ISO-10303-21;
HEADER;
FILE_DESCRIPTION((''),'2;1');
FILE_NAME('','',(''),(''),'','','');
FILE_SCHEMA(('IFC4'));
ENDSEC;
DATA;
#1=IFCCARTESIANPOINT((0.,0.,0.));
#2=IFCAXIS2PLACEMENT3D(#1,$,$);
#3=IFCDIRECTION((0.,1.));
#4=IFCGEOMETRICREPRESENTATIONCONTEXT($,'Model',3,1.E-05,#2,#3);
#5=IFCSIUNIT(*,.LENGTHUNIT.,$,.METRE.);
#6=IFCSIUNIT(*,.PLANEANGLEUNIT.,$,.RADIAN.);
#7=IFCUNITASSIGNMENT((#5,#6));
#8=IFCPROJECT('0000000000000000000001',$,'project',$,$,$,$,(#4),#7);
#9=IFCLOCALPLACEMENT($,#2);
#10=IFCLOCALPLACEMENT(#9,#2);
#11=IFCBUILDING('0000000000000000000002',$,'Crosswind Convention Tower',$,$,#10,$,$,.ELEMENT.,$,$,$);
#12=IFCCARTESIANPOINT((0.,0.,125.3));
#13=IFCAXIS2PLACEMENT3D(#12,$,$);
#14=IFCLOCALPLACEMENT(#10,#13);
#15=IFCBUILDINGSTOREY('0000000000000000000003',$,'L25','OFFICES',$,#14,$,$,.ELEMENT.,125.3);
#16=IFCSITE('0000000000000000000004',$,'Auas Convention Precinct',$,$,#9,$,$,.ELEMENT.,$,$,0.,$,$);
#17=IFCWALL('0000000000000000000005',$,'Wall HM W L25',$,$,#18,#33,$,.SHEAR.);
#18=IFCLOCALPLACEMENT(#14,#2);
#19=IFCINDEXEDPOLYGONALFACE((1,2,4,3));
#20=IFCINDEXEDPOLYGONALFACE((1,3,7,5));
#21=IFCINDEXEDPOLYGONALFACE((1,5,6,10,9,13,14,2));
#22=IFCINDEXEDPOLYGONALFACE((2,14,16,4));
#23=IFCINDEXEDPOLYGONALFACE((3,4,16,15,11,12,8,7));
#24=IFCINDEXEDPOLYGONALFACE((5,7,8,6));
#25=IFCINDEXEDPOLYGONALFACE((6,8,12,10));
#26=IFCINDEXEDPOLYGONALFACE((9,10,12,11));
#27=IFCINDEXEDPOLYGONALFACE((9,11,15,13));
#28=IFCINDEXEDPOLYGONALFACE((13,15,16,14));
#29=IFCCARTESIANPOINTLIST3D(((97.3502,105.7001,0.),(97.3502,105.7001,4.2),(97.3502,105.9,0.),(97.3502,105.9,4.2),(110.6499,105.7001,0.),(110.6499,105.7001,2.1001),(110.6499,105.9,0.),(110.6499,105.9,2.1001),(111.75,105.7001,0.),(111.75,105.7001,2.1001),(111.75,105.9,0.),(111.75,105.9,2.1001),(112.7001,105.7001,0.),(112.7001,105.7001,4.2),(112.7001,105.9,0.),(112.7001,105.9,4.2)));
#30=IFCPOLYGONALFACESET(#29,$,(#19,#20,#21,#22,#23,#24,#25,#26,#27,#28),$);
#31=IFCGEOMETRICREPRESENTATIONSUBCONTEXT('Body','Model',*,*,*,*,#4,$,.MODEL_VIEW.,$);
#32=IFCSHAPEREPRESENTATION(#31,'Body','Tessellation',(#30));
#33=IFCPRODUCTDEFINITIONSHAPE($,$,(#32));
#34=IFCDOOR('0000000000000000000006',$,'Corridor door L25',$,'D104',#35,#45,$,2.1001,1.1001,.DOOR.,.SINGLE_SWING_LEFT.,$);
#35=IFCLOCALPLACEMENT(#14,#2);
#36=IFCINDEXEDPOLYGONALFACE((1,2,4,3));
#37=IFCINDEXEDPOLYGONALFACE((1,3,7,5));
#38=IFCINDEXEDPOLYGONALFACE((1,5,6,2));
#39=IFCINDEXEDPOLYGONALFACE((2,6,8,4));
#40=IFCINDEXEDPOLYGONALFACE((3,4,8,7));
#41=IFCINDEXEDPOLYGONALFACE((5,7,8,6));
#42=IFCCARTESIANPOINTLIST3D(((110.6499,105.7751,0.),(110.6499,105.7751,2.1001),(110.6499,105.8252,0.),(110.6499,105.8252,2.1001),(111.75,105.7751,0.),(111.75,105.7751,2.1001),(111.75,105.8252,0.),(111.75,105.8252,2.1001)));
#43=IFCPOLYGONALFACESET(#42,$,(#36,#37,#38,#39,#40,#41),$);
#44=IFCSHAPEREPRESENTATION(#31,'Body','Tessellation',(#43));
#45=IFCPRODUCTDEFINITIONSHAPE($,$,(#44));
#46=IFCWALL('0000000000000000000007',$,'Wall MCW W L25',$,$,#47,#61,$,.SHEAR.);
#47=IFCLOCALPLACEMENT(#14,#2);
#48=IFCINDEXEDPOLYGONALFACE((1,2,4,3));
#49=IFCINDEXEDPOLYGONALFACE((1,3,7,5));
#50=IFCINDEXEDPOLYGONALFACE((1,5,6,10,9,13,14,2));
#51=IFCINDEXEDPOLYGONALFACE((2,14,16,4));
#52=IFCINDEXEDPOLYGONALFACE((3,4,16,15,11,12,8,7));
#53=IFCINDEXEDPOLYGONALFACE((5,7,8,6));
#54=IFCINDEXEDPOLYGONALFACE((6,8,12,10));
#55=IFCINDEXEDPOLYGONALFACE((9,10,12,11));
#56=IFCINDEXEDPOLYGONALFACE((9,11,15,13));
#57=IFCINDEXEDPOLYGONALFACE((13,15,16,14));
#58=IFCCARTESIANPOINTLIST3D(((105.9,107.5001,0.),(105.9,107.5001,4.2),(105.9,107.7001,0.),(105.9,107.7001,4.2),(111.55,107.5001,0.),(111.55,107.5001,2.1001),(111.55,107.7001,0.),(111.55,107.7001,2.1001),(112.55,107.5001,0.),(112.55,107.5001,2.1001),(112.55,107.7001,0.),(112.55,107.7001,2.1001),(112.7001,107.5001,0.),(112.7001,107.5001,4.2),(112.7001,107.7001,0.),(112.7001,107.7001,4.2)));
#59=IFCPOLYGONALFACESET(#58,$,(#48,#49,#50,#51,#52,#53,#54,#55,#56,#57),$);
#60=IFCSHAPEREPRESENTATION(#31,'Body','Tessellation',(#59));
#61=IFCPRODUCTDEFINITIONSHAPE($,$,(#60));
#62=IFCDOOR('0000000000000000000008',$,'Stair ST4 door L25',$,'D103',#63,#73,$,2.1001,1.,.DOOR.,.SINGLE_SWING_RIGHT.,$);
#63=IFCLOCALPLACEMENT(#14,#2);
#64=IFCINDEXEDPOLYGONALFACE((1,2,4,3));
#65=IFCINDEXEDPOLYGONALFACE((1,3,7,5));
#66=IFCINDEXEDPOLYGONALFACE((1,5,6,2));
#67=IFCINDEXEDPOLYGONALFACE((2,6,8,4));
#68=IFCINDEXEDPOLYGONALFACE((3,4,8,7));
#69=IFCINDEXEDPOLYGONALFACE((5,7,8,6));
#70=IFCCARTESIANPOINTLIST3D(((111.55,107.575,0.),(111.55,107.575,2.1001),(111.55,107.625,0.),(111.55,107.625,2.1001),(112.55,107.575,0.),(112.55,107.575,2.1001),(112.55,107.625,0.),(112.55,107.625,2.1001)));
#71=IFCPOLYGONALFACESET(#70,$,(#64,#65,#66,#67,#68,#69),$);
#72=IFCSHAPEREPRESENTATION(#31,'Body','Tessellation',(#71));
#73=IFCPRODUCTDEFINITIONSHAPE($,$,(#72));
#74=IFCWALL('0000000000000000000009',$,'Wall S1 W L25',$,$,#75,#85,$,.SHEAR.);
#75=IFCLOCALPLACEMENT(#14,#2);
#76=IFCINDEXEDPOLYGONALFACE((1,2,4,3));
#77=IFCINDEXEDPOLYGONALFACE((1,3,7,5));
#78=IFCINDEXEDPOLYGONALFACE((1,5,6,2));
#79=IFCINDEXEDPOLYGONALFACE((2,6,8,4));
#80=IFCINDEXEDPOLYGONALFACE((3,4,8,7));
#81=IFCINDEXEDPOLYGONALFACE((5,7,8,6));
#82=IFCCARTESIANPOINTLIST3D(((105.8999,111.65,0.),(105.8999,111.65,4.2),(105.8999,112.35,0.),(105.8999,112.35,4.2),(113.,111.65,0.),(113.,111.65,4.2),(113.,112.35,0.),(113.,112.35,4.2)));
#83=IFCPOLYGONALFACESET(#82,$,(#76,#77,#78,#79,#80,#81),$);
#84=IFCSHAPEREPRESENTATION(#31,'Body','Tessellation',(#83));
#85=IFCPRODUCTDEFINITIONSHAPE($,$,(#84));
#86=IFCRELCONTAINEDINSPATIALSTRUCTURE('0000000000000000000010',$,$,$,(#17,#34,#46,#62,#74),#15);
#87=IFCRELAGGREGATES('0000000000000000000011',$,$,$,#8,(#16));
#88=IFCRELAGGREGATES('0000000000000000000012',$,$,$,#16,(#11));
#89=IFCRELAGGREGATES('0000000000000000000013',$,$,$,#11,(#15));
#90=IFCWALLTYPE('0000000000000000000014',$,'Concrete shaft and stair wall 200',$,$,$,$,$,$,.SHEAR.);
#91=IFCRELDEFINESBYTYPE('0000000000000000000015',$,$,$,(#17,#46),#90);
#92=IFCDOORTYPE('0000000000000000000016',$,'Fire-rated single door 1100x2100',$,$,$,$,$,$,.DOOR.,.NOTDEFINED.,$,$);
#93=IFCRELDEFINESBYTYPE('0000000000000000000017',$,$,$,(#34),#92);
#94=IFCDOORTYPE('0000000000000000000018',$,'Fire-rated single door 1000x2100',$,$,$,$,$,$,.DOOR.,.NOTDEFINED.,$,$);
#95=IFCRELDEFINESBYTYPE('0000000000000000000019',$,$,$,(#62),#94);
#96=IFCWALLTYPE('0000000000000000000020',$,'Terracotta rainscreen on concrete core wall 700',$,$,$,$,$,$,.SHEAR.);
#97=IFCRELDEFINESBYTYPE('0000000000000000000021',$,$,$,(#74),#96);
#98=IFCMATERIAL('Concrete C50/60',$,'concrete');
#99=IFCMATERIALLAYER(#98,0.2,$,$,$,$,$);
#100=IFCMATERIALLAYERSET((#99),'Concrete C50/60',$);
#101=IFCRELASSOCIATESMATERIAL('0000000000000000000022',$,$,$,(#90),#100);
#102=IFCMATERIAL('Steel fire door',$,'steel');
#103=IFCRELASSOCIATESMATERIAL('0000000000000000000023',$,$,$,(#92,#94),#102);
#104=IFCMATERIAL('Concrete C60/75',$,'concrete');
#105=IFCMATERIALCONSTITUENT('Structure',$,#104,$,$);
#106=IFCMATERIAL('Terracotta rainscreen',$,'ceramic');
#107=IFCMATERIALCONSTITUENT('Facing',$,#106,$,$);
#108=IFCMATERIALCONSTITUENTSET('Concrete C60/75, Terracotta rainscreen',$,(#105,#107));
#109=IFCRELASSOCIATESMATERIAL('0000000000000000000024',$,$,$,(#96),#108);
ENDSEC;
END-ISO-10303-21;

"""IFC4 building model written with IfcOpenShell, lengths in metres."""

from ifc_helpers import new_model, si_unit, direction, frame, frame_2d, origin, place, context, subcontext, project, spatial, rectangle, extrude, material, layer, layer_set, constituent, constituent_set, type_object, element, fill, save


model = new_model("IFC4")

# Units and contexts
model_context = context("Model", 3, precision=1e-05, world=origin(), true_north=direction((0.0, 1.0)))
body_context = subcontext(model_context, "Body", "Model", "MODEL_VIEW")
ifc_project = project(units=[si_unit("LENGTHUNIT", "METRE"), si_unit("PLANEANGLEUNIT", "RADIAN")], contexts=[model_context])

# Site, building, storey
site_placement = place(None, origin())
site = spatial("IfcSite", under=ifc_project, at=site_placement, Name="Auas Convention Precinct", CompositionType="ELEMENT", RefElevation=0.0)
building_placement = place(site_placement, origin())
building = spatial("IfcBuilding", under=site, at=building_placement, Name="Crosswind Convention Tower", CompositionType="ELEMENT")
storey_placement = place(building_placement, frame((0.0, 0.0, 125.3)))
storey = spatial("IfcBuildingStorey", under=building, at=storey_placement, Name="L25", Description="OFFICES", CompositionType="ELEMENT", Elevation=125.3)

# Shared definitions
ifc_material_1 = material(Name="Concrete C50/60", Category="concrete")

# Walls, openings, doors
ifc_layer_1 = layer(ifc_material_1, 0.2)
ifc_layer_set_1 = layer_set([ifc_layer_1], Name="Concrete C50/60")
wall_type_1 = type_object("IfcWallType", Name="Concrete shaft and stair wall 200", PredefinedType="SHEAR", material=ifc_layer_set_1)
wall_1_placement = place(storey_placement, frame((112.7, 105.8, 0.0), z_axis=(0.0, 0.0, 1.0), x_axis=(-1.0, 0.0, 0.0)))
wall_1 = element("IfcWall", 1, at=wall_1_placement, inside=storey, type_object=wall_type_1, Name="Wall HM W L25", PredefinedType="SHEAR", context=body_context, shape_type="SweptSolid", body=[
    extrude(rectangle(XDim=15.3499, YDim=0.2, at=frame_2d((7.6748, 0.0))), origin(), (0.0, 0.0, 1.0), 4.2),
])
opening_1_placement = place(wall_1_placement, frame((0.95, 0.0, 0.0)))
opening_1 = element("IfcOpeningElement", 2, at=opening_1_placement, cuts=wall_1, PredefinedType="OPENING", context=body_context, shape_type="SweptSolid", body=[
    extrude(rectangle(XDim=1.1001, YDim=2.1001, at=frame_2d((0.55, 1.05))), frame((0.0, 0.1099, 0.0), z_axis=(0.0, -1.0, 0.0), x_axis=(1.0, 0.0, 0.0)), (0.0, 0.0, 1.0), 0.22),
])
ifc_material_2 = material(Name="Steel fire door", Category="steel")
door_type_1 = type_object("IfcDoorType", Name="Fire-rated single door 1100x2100", OperationType="NOTDEFINED", PredefinedType="DOOR", material=ifc_material_2)
door_1_placement = place(opening_1_placement, origin())
door_1 = element("IfcDoor", 3, at=door_1_placement, inside=storey, type_object=door_type_1, Name="Corridor door L25", ObjectType="D104", OperationType="SINGLE_SWING_LEFT", OverallHeight=2.1001, OverallWidth=1.1001, PredefinedType="DOOR", context=body_context, shape_type="SweptSolid", body=[
    extrude(rectangle(XDim=1.1001, YDim=2.1001, at=frame_2d((0.55, 1.05))), frame((0.0, 0.0249, 0.0), z_axis=(0.0, -1.0, 0.0), x_axis=(1.0, 0.0, 0.0)), (0.0, 0.0, 1.0), 0.05),
])
fill(opening_1, door_1)
wall_2_placement = place(storey_placement, frame((112.7, 107.6001, 0.0), z_axis=(0.0, 0.0, 1.0), x_axis=(-1.0, 0.0, 0.0)))
wall_2 = element("IfcWall", 4, at=wall_2_placement, inside=storey, type_object=wall_type_1, Name="Wall MCW W L25", PredefinedType="SHEAR", context=body_context, shape_type="SweptSolid", body=[
    extrude(rectangle(XDim=6.8, YDim=0.2, at=frame_2d((3.3999, 0.0))), origin(), (0.0, 0.0, 1.0), 4.2),
])
opening_2_placement = place(wall_2_placement, frame((0.1499, 0.0, 0.0)))
opening_2 = element("IfcOpeningElement", 5, at=opening_2_placement, cuts=wall_2, PredefinedType="OPENING", context=body_context, shape_type="SweptSolid", body=[
    extrude(rectangle(XDim=1.0, YDim=2.1001, at=frame_2d((0.5, 1.05))), frame((0.0, 0.1099, 0.0), z_axis=(0.0, -1.0, 0.0), x_axis=(1.0, 0.0, 0.0)), (0.0, 0.0, 1.0), 0.22),
])
door_type_2 = type_object("IfcDoorType", Name="Fire-rated single door 1000x2100", OperationType="NOTDEFINED", PredefinedType="DOOR", material=ifc_material_2)
door_2_placement = place(opening_2_placement, frame((1.0, 0.0, 0.0), z_axis=(0.0, 0.0, 1.0), x_axis=(-1.0, 0.0, 0.0)))
door_2 = element("IfcDoor", 6, at=door_2_placement, inside=storey, type_object=door_type_2, Name="Stair ST4 door L25", ObjectType="D103", OperationType="SINGLE_SWING_RIGHT", OverallHeight=2.1001, OverallWidth=1.0, PredefinedType="DOOR", context=body_context, shape_type="SweptSolid", body=[
    extrude(rectangle(XDim=1.0, YDim=2.1001, at=frame_2d((0.5, 1.05))), frame((0.0, 0.0249, 0.0), z_axis=(0.0, -1.0, 0.0), x_axis=(1.0, 0.0, 0.0)), (0.0, 0.0, 1.0), 0.05),
])
fill(opening_2, door_2)

# Wall
ifc_material_3 = material(Name="Concrete C60/75", Category="concrete")
ifc_constituent_1 = constituent(ifc_material_3, Name="Structure")
ifc_material_4 = material(Name="Terracotta rainscreen", Category="ceramic")
ifc_constituent_2 = constituent(ifc_material_4, Name="Facing")
ifc_constituent_set = constituent_set(constituents=[ifc_constituent_1, ifc_constituent_2], Name="Concrete C60/75, Terracotta rainscreen")
wall_type_2 = type_object("IfcWallType", Name="Terracotta rainscreen on concrete core wall 700", PredefinedType="SHEAR", material=ifc_constituent_set)
wall_3_placement = place(storey_placement, frame((113.0, 112.0, 0.0), z_axis=(0.0, 0.0, 1.0), x_axis=(-1.0, 0.0, 0.0)))
element("IfcWall", 7, at=wall_3_placement, inside=storey, type_object=wall_type_2, Name="Wall S1 W L25", PredefinedType="SHEAR", context=body_context, shape_type="SweptSolid", body=[
    extrude(rectangle(XDim=7.1001, YDim=0.7, at=frame_2d((3.55, 0.0))), origin(), (0.0, 0.0, 1.0), 4.2),
])

save(model, "model.ifc")
